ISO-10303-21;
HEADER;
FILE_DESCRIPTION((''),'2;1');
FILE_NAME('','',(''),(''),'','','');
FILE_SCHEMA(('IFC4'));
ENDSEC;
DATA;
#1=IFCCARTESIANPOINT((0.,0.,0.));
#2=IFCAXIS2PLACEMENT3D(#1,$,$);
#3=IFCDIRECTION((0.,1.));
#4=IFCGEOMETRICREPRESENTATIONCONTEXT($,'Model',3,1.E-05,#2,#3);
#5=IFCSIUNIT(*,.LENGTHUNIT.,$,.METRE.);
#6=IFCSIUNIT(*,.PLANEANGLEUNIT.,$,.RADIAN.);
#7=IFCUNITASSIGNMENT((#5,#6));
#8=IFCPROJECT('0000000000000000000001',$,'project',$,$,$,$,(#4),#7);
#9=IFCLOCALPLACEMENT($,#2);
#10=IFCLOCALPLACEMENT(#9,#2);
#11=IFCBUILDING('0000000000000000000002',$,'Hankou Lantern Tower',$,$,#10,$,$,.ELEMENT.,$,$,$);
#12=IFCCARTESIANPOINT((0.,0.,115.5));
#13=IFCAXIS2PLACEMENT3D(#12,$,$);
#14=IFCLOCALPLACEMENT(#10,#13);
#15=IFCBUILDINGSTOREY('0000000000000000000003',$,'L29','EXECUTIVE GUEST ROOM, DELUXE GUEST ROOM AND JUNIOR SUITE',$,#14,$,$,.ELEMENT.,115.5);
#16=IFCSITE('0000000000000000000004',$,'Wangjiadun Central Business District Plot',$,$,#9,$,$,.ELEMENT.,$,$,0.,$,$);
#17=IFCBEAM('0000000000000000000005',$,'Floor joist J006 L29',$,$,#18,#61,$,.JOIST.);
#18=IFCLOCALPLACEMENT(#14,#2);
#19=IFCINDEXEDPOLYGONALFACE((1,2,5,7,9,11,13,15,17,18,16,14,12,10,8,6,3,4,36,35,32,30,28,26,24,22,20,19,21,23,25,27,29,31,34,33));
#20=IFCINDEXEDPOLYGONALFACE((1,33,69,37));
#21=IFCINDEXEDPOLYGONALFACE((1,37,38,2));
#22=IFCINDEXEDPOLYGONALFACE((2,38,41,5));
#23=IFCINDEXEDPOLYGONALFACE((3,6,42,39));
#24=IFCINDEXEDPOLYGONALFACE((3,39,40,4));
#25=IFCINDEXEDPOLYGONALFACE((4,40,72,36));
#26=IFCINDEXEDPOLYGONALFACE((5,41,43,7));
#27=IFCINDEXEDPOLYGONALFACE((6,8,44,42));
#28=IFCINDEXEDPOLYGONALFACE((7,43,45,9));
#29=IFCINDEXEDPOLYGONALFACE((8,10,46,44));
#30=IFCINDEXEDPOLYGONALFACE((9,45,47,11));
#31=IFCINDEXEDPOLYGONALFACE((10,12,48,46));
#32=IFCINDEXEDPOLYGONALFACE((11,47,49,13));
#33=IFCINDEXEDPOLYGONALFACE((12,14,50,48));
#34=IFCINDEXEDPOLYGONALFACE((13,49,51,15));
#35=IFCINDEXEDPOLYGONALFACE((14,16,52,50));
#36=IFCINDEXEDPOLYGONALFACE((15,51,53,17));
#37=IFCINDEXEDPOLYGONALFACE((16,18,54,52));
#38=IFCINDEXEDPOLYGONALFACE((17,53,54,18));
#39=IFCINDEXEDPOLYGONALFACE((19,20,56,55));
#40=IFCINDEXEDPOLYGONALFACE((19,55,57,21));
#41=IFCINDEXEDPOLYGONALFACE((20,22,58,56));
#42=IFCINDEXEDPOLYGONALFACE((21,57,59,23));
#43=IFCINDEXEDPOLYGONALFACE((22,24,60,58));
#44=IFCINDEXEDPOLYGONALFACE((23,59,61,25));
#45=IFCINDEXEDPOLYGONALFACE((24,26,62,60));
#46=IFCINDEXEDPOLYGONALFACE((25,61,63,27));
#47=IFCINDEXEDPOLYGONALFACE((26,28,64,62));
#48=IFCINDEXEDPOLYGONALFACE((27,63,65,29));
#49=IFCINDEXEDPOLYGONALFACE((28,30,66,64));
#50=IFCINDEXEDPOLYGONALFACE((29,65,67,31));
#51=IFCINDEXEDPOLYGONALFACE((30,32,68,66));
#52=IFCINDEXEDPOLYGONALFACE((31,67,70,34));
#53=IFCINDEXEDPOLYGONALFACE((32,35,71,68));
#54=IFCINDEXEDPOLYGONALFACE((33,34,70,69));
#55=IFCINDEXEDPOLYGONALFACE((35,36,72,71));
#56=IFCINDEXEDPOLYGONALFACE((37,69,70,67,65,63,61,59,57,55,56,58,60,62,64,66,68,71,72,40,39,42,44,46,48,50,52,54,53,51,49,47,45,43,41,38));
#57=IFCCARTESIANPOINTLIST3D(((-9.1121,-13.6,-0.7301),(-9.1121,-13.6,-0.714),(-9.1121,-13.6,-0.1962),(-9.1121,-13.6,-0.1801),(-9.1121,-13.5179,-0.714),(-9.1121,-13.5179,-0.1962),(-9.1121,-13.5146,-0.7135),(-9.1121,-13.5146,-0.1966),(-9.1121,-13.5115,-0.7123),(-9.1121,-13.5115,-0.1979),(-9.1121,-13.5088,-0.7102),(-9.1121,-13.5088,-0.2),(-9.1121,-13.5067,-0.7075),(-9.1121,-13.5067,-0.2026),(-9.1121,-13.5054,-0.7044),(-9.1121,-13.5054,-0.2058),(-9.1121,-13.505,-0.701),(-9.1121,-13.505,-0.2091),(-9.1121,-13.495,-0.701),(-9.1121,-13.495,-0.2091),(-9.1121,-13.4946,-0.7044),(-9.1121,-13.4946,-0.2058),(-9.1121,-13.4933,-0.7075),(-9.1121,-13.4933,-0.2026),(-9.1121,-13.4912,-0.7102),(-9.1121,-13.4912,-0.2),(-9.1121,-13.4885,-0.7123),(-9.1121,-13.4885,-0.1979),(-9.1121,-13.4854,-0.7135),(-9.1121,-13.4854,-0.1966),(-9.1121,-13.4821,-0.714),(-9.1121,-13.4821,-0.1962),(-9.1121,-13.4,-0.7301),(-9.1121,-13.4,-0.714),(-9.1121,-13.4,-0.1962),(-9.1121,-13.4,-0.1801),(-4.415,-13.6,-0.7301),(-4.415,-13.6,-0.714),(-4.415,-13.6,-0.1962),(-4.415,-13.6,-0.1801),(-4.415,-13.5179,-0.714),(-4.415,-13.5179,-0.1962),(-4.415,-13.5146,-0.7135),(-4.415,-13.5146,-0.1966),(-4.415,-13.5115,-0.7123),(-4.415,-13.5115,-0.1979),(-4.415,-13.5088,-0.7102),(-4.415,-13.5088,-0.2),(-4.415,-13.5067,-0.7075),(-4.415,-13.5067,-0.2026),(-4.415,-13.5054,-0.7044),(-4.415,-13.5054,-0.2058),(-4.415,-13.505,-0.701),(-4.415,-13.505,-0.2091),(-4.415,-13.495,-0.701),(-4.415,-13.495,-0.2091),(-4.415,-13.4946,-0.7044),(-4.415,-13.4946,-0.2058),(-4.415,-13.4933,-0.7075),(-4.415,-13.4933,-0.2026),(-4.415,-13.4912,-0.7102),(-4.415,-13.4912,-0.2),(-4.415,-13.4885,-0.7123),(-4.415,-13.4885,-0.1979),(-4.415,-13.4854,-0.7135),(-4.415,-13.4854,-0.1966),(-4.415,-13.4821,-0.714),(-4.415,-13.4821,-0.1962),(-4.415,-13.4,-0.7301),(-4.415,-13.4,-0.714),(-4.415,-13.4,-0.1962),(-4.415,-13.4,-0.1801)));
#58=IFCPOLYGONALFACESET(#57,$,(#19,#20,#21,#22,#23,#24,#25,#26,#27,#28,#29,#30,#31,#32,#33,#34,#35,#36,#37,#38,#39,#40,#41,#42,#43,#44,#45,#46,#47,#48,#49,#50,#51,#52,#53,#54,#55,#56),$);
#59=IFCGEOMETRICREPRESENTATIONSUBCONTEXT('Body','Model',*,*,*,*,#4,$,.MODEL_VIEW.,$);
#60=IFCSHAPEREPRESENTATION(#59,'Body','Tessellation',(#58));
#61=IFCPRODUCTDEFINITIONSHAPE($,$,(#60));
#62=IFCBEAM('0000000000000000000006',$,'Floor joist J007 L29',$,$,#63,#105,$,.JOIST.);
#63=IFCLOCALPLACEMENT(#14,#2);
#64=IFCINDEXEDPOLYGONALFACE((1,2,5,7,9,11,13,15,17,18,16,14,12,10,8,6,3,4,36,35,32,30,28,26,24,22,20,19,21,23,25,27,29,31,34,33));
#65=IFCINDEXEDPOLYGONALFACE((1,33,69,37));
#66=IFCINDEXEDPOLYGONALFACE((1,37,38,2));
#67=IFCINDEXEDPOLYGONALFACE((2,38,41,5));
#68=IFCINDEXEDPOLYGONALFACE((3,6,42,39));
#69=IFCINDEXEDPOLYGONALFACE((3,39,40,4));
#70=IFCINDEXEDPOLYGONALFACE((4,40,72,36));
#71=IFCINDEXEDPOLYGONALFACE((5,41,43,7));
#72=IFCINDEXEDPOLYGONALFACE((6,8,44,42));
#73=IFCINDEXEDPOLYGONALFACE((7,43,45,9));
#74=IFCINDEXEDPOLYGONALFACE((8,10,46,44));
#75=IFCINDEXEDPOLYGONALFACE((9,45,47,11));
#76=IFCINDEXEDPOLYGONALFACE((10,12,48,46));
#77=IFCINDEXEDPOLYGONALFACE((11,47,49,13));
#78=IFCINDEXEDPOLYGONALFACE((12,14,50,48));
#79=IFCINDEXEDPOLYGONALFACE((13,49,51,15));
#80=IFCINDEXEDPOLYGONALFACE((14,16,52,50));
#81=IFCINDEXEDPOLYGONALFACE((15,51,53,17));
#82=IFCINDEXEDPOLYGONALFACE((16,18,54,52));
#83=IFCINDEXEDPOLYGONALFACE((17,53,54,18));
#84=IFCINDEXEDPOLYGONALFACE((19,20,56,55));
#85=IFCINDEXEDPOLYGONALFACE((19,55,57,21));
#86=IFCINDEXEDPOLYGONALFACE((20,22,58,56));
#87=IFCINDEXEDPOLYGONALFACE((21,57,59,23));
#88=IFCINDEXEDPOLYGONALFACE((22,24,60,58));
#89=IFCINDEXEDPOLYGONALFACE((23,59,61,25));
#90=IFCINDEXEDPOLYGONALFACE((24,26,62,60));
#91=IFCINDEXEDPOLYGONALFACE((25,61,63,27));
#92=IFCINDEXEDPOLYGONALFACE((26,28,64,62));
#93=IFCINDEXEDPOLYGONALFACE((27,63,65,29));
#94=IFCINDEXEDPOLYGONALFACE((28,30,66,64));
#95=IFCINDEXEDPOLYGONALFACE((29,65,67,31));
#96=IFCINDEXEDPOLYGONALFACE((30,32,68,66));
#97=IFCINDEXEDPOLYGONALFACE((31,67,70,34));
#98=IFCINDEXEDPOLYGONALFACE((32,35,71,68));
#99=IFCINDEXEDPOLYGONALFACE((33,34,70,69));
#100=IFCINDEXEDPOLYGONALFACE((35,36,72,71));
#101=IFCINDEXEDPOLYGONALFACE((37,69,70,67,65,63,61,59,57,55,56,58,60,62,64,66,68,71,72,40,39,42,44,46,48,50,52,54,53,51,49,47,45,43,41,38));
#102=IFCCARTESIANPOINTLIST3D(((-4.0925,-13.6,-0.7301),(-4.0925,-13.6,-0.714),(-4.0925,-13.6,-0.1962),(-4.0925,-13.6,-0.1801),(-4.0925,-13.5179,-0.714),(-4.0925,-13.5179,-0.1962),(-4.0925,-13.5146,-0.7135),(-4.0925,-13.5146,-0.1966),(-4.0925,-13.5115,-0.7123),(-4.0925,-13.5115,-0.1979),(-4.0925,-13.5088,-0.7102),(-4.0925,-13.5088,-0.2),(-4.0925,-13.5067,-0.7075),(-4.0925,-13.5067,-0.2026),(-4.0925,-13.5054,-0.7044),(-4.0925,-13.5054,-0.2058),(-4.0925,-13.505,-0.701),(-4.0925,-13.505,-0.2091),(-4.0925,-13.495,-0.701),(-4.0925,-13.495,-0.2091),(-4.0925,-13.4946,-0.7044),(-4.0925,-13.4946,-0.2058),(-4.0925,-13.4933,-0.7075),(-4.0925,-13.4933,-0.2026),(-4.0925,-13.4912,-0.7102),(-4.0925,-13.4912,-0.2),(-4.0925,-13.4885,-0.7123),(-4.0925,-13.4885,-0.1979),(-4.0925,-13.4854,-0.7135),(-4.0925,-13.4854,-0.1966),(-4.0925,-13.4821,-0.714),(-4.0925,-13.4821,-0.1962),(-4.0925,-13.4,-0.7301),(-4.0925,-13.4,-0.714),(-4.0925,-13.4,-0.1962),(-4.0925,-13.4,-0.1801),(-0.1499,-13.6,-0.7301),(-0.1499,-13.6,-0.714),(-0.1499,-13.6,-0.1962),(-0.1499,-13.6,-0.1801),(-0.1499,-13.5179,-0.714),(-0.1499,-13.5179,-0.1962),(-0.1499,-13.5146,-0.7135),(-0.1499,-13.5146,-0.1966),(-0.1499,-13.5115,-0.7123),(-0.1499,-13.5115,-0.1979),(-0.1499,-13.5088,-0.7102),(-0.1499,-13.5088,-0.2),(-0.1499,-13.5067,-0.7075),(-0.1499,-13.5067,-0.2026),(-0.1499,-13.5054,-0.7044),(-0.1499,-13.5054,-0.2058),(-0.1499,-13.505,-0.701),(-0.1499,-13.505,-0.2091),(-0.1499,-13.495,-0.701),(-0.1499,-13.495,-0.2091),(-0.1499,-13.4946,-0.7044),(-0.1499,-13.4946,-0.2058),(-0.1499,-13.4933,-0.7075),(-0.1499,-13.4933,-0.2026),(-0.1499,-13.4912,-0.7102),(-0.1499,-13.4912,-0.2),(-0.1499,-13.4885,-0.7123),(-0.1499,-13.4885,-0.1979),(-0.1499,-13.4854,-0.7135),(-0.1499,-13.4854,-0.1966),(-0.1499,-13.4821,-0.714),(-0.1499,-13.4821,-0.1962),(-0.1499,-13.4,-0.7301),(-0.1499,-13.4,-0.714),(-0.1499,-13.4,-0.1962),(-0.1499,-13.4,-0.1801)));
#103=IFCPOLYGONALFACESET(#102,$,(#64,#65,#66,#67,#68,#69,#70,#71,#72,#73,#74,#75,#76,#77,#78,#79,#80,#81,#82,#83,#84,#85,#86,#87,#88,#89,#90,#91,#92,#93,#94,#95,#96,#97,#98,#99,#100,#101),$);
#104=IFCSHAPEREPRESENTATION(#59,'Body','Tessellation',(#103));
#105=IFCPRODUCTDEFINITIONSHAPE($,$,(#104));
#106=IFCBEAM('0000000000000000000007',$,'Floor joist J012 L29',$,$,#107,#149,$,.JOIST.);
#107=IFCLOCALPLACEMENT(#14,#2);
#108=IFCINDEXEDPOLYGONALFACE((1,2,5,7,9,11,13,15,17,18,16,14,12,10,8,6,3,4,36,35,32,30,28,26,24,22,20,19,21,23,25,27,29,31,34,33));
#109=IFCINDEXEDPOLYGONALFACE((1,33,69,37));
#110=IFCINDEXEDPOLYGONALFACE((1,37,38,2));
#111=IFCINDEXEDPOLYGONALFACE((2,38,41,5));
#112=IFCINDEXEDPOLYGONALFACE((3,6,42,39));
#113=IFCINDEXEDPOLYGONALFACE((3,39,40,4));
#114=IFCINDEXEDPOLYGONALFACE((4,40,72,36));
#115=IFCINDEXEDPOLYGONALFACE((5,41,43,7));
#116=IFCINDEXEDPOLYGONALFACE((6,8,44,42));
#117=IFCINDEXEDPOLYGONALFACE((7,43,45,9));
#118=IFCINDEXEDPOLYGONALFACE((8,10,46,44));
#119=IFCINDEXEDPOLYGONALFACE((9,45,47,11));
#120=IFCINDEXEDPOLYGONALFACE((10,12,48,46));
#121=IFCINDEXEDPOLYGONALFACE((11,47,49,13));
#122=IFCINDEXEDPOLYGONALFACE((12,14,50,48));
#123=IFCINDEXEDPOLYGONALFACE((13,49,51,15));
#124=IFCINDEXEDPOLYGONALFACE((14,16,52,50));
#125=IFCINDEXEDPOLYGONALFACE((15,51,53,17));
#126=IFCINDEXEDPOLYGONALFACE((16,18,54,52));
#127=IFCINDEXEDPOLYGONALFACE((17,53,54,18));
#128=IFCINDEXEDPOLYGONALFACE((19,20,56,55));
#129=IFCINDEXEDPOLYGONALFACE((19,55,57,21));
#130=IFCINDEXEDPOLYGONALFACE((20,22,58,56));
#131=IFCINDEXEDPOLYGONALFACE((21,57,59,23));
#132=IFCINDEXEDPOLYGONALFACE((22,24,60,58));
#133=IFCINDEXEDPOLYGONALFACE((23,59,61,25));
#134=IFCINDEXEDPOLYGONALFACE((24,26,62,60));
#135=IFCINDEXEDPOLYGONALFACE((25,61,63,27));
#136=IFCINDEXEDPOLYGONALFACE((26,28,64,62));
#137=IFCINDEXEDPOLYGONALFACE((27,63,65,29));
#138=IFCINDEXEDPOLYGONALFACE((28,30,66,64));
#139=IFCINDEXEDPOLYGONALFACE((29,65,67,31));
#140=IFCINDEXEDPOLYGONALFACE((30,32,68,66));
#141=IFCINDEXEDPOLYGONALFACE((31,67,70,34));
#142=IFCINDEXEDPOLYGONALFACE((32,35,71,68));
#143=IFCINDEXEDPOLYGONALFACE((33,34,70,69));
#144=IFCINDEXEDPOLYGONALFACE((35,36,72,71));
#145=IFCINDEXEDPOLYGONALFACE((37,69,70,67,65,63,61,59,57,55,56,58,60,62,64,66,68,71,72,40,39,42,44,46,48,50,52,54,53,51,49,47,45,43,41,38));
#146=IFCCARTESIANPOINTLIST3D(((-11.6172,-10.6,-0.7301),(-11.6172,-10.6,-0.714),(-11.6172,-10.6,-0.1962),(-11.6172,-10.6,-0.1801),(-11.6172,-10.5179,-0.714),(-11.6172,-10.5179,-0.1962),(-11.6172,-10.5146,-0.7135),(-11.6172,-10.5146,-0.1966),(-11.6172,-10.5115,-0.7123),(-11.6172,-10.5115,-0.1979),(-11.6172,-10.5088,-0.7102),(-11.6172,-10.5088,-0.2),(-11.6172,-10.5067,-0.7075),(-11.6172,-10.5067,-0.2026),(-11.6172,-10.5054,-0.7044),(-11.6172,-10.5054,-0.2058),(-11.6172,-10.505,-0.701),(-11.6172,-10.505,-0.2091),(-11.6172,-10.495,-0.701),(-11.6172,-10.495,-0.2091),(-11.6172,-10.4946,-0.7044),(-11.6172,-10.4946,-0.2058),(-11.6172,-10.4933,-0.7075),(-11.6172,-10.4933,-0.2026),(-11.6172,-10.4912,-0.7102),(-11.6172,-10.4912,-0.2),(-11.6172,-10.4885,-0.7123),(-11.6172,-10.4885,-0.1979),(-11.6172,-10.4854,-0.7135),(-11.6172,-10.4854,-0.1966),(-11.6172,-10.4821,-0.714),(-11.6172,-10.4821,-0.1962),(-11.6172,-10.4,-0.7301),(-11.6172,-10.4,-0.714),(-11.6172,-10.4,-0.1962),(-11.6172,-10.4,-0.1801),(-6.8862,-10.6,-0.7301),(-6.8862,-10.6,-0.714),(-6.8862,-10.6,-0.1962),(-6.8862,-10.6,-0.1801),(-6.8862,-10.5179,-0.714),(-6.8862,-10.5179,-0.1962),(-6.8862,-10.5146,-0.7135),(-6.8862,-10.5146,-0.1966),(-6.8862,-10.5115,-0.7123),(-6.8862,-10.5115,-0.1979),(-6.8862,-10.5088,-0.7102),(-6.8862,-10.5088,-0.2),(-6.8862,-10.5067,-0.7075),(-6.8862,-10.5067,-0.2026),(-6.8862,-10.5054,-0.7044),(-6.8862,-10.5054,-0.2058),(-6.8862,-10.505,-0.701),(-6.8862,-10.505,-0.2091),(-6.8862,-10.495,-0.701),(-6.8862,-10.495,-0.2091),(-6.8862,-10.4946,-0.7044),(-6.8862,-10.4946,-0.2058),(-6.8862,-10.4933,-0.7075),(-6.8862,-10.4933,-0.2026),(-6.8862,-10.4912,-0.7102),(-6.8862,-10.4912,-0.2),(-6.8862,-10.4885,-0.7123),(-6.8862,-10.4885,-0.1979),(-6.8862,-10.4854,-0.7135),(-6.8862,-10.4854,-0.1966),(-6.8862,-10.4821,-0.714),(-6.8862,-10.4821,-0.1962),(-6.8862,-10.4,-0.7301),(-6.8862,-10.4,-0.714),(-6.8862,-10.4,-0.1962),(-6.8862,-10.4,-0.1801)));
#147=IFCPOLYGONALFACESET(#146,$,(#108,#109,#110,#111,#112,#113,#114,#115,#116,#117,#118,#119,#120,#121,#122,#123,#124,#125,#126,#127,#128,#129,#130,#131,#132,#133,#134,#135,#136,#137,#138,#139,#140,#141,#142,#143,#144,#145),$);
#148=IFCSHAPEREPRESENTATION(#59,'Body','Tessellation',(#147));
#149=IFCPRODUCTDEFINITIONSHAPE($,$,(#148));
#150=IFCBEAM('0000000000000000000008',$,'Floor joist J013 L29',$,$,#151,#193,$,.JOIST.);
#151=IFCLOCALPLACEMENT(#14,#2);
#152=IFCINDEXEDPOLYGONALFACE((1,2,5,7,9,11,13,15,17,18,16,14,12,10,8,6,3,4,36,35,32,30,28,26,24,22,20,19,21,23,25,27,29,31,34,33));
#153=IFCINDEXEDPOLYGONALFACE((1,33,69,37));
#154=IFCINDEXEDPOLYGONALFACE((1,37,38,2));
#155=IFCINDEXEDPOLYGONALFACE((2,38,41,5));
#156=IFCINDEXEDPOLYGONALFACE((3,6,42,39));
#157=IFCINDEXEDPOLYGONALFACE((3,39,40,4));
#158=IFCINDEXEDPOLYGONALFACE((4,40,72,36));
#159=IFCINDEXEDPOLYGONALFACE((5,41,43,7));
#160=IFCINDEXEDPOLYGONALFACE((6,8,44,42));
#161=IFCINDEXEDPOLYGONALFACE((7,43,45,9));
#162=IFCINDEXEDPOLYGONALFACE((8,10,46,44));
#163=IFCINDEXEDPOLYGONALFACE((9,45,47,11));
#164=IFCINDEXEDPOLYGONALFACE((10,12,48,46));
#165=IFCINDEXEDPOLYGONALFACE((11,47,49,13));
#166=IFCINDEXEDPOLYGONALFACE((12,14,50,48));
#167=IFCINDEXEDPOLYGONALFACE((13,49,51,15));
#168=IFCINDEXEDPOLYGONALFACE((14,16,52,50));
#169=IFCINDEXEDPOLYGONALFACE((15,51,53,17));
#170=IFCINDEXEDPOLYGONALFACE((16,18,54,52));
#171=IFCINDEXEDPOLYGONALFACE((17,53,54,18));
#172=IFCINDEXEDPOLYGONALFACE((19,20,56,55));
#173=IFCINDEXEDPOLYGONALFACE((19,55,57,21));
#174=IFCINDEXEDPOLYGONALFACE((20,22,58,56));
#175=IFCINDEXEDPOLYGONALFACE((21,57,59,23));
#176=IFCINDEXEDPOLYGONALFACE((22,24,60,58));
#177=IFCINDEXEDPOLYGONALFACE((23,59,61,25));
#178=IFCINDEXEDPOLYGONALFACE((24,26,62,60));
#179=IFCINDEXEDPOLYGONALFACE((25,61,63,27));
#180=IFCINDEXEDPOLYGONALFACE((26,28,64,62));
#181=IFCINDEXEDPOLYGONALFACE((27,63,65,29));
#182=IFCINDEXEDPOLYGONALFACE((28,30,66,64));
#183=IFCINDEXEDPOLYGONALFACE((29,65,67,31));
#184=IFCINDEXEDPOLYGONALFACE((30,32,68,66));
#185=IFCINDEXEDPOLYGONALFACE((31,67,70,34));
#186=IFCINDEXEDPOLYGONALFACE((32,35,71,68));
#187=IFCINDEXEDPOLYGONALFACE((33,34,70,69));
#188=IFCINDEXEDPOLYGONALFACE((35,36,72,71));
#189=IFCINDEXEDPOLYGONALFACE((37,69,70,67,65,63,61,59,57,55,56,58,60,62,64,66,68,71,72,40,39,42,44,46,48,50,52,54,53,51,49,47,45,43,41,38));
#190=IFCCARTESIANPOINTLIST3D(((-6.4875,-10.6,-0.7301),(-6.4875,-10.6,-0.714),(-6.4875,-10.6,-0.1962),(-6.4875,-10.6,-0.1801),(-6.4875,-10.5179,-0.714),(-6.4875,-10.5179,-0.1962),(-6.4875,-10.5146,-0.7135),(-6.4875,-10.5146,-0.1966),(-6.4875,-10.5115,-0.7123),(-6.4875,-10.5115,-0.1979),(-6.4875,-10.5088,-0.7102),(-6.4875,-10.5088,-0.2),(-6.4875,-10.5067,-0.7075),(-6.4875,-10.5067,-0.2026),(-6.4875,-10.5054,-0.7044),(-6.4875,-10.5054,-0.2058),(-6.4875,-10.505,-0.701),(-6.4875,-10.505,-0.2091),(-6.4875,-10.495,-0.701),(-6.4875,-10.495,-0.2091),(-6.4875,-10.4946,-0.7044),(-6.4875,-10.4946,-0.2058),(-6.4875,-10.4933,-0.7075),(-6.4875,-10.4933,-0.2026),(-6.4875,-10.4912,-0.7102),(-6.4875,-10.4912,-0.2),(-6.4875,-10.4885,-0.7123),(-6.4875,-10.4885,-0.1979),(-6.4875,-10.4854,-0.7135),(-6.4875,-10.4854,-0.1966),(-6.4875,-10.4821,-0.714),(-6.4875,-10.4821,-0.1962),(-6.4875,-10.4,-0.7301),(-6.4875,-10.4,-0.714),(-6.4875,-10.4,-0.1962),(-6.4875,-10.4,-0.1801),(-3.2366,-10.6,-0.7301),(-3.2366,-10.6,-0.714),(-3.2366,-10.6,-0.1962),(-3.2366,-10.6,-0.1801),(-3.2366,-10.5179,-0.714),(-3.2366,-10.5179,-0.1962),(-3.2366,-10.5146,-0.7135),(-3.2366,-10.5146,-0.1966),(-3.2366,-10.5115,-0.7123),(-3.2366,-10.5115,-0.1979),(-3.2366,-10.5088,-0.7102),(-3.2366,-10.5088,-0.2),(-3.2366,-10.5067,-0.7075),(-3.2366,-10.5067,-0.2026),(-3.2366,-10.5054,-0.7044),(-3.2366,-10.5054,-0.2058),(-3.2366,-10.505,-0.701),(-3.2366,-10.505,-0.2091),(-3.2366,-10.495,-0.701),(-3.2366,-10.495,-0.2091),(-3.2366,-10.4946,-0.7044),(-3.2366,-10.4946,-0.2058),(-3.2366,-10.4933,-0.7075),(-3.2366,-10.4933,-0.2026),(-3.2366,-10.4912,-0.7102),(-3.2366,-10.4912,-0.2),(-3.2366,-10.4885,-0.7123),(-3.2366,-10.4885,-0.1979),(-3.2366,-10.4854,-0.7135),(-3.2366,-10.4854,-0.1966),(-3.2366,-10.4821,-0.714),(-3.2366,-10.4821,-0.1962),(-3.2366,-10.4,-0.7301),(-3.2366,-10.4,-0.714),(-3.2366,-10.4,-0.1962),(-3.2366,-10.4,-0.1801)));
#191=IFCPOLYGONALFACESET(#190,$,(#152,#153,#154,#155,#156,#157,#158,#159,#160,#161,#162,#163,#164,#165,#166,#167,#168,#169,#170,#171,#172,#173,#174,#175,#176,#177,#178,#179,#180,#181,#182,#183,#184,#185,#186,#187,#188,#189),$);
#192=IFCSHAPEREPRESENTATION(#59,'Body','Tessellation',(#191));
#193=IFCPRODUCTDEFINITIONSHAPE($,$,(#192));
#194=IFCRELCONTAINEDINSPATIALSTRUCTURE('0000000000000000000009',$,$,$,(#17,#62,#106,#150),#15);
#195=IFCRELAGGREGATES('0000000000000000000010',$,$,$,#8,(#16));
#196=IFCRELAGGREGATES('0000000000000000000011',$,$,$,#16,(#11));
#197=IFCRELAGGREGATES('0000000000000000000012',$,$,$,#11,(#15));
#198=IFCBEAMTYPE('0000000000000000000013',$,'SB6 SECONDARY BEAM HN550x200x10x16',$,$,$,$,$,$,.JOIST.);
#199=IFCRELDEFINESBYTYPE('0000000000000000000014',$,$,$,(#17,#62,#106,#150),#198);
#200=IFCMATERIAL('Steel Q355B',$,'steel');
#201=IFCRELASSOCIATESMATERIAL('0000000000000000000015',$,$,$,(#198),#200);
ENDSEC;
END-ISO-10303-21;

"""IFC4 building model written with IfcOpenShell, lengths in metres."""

from ifc_helpers import new_model, si_unit, direction, frame, origin, origin_2d, place, context, subcontext, project, spatial, i_section, extrude, material, material_profile, profile_set, type_object, element, save


model = new_model("IFC4")

# Units and contexts
model_context = context("Model", 3, precision=1e-05, world=origin(), true_north=direction((0.0, 1.0)))
body_context = subcontext(model_context, "Body", "Model", "MODEL_VIEW")
ifc_project = project(units=[si_unit("LENGTHUNIT", "METRE"), si_unit("PLANEANGLEUNIT", "RADIAN")], contexts=[model_context])

# Site, building, storey
site_placement = place(None, origin())
site = spatial("IfcSite", under=ifc_project, at=site_placement, Name="Wangjiadun Central Business District Plot", CompositionType="ELEMENT", RefElevation=0.0)
building_placement = place(site_placement, origin())
building = spatial("IfcBuilding", under=site, at=building_placement, Name="Hankou Lantern Tower", CompositionType="ELEMENT")
storey_placement = place(building_placement, frame((0.0, 0.0, 115.5)))
storey = spatial("IfcBuildingStorey", under=building, at=storey_placement, Name="L29", Description="EXECUTIVE GUEST ROOM, DELUXE GUEST ROOM AND JUNIOR SUITE", CompositionType="ELEMENT", Elevation=115.5)

# Beams
ifc_material_1 = material(Name="Steel Q355B", Category="steel")
ifc_material_profile_1 = material_profile(ifc_material_1, i_section(OverallWidth=0.2, OverallDepth=0.55, WebThickness=0.01, FlangeThickness=0.0161, FilletRadius=0.0129, at=origin_2d()), Name="HN550x200x10x16")
ifc_profile_set_1 = profile_set([ifc_material_profile_1], Name="Steel Q355B")
beam_type_1 = type_object("IfcBeamType", Name="SB6 SECONDARY BEAM HN550x200x10x16", PredefinedType="JOIST", material=ifc_profile_set_1)
beam_1_placement = place(storey_placement, frame((-9.1121, -13.5, -0.4551), z_axis=(1.0, 0.0, 0.0), x_axis=(0.0, 1.0, 0.0)))
element("IfcBeam", 1, at=beam_1_placement, inside=storey, type_object=beam_type_1, Name="Floor joist J006 L29", PredefinedType="JOIST", context=body_context, shape_type="SweptSolid", body=[
    extrude(i_section(OverallWidth=0.2, OverallDepth=0.55, WebThickness=0.01, FlangeThickness=0.0161, FilletRadius=0.0129, at=origin_2d()), origin(), (0.0, 0.0, 1.0), 4.697),
])
beam_2_placement = place(storey_placement, frame((-4.0925, -13.5, -0.4551), z_axis=(1.0, 0.0, 0.0), x_axis=(0.0, 1.0, 0.0)))
element("IfcBeam", 2, at=beam_2_placement, inside=storey, type_object=beam_type_1, Name="Floor joist J007 L29", PredefinedType="JOIST", context=body_context, shape_type="SweptSolid", body=[
    extrude(i_section(OverallWidth=0.2, OverallDepth=0.55, WebThickness=0.01, FlangeThickness=0.0161, FilletRadius=0.0129, at=origin_2d()), origin(), (0.0, 0.0, 1.0), 3.9426),
])
beam_3_placement = place(storey_placement, frame((-11.6172, -10.5, -0.4551), z_axis=(1.0, 0.0, 0.0), x_axis=(0.0, 1.0, 0.0)))
element("IfcBeam", 3, at=beam_3_placement, inside=storey, type_object=beam_type_1, Name="Floor joist J012 L29", PredefinedType="JOIST", context=body_context, shape_type="SweptSolid", body=[
    extrude(i_section(OverallWidth=0.2, OverallDepth=0.55, WebThickness=0.01, FlangeThickness=0.0161, FilletRadius=0.0129, at=origin_2d()), origin(), (0.0, 0.0, 1.0), 4.731),
])
beam_4_placement = place(storey_placement, frame((-6.4875, -10.5, -0.4551), z_axis=(1.0, 0.0, 0.0), x_axis=(0.0, 1.0, 0.0)))
element("IfcBeam", 4, at=beam_4_placement, inside=storey, type_object=beam_type_1, Name="Floor joist J013 L29", PredefinedType="JOIST", context=body_context, shape_type="SweptSolid", body=[
    extrude(i_section(OverallWidth=0.2, OverallDepth=0.55, WebThickness=0.01, FlangeThickness=0.0161, FilletRadius=0.0129, at=origin_2d()), origin(), (0.0, 0.0, 1.0), 3.251),
])

save(model, "model.ifc")
